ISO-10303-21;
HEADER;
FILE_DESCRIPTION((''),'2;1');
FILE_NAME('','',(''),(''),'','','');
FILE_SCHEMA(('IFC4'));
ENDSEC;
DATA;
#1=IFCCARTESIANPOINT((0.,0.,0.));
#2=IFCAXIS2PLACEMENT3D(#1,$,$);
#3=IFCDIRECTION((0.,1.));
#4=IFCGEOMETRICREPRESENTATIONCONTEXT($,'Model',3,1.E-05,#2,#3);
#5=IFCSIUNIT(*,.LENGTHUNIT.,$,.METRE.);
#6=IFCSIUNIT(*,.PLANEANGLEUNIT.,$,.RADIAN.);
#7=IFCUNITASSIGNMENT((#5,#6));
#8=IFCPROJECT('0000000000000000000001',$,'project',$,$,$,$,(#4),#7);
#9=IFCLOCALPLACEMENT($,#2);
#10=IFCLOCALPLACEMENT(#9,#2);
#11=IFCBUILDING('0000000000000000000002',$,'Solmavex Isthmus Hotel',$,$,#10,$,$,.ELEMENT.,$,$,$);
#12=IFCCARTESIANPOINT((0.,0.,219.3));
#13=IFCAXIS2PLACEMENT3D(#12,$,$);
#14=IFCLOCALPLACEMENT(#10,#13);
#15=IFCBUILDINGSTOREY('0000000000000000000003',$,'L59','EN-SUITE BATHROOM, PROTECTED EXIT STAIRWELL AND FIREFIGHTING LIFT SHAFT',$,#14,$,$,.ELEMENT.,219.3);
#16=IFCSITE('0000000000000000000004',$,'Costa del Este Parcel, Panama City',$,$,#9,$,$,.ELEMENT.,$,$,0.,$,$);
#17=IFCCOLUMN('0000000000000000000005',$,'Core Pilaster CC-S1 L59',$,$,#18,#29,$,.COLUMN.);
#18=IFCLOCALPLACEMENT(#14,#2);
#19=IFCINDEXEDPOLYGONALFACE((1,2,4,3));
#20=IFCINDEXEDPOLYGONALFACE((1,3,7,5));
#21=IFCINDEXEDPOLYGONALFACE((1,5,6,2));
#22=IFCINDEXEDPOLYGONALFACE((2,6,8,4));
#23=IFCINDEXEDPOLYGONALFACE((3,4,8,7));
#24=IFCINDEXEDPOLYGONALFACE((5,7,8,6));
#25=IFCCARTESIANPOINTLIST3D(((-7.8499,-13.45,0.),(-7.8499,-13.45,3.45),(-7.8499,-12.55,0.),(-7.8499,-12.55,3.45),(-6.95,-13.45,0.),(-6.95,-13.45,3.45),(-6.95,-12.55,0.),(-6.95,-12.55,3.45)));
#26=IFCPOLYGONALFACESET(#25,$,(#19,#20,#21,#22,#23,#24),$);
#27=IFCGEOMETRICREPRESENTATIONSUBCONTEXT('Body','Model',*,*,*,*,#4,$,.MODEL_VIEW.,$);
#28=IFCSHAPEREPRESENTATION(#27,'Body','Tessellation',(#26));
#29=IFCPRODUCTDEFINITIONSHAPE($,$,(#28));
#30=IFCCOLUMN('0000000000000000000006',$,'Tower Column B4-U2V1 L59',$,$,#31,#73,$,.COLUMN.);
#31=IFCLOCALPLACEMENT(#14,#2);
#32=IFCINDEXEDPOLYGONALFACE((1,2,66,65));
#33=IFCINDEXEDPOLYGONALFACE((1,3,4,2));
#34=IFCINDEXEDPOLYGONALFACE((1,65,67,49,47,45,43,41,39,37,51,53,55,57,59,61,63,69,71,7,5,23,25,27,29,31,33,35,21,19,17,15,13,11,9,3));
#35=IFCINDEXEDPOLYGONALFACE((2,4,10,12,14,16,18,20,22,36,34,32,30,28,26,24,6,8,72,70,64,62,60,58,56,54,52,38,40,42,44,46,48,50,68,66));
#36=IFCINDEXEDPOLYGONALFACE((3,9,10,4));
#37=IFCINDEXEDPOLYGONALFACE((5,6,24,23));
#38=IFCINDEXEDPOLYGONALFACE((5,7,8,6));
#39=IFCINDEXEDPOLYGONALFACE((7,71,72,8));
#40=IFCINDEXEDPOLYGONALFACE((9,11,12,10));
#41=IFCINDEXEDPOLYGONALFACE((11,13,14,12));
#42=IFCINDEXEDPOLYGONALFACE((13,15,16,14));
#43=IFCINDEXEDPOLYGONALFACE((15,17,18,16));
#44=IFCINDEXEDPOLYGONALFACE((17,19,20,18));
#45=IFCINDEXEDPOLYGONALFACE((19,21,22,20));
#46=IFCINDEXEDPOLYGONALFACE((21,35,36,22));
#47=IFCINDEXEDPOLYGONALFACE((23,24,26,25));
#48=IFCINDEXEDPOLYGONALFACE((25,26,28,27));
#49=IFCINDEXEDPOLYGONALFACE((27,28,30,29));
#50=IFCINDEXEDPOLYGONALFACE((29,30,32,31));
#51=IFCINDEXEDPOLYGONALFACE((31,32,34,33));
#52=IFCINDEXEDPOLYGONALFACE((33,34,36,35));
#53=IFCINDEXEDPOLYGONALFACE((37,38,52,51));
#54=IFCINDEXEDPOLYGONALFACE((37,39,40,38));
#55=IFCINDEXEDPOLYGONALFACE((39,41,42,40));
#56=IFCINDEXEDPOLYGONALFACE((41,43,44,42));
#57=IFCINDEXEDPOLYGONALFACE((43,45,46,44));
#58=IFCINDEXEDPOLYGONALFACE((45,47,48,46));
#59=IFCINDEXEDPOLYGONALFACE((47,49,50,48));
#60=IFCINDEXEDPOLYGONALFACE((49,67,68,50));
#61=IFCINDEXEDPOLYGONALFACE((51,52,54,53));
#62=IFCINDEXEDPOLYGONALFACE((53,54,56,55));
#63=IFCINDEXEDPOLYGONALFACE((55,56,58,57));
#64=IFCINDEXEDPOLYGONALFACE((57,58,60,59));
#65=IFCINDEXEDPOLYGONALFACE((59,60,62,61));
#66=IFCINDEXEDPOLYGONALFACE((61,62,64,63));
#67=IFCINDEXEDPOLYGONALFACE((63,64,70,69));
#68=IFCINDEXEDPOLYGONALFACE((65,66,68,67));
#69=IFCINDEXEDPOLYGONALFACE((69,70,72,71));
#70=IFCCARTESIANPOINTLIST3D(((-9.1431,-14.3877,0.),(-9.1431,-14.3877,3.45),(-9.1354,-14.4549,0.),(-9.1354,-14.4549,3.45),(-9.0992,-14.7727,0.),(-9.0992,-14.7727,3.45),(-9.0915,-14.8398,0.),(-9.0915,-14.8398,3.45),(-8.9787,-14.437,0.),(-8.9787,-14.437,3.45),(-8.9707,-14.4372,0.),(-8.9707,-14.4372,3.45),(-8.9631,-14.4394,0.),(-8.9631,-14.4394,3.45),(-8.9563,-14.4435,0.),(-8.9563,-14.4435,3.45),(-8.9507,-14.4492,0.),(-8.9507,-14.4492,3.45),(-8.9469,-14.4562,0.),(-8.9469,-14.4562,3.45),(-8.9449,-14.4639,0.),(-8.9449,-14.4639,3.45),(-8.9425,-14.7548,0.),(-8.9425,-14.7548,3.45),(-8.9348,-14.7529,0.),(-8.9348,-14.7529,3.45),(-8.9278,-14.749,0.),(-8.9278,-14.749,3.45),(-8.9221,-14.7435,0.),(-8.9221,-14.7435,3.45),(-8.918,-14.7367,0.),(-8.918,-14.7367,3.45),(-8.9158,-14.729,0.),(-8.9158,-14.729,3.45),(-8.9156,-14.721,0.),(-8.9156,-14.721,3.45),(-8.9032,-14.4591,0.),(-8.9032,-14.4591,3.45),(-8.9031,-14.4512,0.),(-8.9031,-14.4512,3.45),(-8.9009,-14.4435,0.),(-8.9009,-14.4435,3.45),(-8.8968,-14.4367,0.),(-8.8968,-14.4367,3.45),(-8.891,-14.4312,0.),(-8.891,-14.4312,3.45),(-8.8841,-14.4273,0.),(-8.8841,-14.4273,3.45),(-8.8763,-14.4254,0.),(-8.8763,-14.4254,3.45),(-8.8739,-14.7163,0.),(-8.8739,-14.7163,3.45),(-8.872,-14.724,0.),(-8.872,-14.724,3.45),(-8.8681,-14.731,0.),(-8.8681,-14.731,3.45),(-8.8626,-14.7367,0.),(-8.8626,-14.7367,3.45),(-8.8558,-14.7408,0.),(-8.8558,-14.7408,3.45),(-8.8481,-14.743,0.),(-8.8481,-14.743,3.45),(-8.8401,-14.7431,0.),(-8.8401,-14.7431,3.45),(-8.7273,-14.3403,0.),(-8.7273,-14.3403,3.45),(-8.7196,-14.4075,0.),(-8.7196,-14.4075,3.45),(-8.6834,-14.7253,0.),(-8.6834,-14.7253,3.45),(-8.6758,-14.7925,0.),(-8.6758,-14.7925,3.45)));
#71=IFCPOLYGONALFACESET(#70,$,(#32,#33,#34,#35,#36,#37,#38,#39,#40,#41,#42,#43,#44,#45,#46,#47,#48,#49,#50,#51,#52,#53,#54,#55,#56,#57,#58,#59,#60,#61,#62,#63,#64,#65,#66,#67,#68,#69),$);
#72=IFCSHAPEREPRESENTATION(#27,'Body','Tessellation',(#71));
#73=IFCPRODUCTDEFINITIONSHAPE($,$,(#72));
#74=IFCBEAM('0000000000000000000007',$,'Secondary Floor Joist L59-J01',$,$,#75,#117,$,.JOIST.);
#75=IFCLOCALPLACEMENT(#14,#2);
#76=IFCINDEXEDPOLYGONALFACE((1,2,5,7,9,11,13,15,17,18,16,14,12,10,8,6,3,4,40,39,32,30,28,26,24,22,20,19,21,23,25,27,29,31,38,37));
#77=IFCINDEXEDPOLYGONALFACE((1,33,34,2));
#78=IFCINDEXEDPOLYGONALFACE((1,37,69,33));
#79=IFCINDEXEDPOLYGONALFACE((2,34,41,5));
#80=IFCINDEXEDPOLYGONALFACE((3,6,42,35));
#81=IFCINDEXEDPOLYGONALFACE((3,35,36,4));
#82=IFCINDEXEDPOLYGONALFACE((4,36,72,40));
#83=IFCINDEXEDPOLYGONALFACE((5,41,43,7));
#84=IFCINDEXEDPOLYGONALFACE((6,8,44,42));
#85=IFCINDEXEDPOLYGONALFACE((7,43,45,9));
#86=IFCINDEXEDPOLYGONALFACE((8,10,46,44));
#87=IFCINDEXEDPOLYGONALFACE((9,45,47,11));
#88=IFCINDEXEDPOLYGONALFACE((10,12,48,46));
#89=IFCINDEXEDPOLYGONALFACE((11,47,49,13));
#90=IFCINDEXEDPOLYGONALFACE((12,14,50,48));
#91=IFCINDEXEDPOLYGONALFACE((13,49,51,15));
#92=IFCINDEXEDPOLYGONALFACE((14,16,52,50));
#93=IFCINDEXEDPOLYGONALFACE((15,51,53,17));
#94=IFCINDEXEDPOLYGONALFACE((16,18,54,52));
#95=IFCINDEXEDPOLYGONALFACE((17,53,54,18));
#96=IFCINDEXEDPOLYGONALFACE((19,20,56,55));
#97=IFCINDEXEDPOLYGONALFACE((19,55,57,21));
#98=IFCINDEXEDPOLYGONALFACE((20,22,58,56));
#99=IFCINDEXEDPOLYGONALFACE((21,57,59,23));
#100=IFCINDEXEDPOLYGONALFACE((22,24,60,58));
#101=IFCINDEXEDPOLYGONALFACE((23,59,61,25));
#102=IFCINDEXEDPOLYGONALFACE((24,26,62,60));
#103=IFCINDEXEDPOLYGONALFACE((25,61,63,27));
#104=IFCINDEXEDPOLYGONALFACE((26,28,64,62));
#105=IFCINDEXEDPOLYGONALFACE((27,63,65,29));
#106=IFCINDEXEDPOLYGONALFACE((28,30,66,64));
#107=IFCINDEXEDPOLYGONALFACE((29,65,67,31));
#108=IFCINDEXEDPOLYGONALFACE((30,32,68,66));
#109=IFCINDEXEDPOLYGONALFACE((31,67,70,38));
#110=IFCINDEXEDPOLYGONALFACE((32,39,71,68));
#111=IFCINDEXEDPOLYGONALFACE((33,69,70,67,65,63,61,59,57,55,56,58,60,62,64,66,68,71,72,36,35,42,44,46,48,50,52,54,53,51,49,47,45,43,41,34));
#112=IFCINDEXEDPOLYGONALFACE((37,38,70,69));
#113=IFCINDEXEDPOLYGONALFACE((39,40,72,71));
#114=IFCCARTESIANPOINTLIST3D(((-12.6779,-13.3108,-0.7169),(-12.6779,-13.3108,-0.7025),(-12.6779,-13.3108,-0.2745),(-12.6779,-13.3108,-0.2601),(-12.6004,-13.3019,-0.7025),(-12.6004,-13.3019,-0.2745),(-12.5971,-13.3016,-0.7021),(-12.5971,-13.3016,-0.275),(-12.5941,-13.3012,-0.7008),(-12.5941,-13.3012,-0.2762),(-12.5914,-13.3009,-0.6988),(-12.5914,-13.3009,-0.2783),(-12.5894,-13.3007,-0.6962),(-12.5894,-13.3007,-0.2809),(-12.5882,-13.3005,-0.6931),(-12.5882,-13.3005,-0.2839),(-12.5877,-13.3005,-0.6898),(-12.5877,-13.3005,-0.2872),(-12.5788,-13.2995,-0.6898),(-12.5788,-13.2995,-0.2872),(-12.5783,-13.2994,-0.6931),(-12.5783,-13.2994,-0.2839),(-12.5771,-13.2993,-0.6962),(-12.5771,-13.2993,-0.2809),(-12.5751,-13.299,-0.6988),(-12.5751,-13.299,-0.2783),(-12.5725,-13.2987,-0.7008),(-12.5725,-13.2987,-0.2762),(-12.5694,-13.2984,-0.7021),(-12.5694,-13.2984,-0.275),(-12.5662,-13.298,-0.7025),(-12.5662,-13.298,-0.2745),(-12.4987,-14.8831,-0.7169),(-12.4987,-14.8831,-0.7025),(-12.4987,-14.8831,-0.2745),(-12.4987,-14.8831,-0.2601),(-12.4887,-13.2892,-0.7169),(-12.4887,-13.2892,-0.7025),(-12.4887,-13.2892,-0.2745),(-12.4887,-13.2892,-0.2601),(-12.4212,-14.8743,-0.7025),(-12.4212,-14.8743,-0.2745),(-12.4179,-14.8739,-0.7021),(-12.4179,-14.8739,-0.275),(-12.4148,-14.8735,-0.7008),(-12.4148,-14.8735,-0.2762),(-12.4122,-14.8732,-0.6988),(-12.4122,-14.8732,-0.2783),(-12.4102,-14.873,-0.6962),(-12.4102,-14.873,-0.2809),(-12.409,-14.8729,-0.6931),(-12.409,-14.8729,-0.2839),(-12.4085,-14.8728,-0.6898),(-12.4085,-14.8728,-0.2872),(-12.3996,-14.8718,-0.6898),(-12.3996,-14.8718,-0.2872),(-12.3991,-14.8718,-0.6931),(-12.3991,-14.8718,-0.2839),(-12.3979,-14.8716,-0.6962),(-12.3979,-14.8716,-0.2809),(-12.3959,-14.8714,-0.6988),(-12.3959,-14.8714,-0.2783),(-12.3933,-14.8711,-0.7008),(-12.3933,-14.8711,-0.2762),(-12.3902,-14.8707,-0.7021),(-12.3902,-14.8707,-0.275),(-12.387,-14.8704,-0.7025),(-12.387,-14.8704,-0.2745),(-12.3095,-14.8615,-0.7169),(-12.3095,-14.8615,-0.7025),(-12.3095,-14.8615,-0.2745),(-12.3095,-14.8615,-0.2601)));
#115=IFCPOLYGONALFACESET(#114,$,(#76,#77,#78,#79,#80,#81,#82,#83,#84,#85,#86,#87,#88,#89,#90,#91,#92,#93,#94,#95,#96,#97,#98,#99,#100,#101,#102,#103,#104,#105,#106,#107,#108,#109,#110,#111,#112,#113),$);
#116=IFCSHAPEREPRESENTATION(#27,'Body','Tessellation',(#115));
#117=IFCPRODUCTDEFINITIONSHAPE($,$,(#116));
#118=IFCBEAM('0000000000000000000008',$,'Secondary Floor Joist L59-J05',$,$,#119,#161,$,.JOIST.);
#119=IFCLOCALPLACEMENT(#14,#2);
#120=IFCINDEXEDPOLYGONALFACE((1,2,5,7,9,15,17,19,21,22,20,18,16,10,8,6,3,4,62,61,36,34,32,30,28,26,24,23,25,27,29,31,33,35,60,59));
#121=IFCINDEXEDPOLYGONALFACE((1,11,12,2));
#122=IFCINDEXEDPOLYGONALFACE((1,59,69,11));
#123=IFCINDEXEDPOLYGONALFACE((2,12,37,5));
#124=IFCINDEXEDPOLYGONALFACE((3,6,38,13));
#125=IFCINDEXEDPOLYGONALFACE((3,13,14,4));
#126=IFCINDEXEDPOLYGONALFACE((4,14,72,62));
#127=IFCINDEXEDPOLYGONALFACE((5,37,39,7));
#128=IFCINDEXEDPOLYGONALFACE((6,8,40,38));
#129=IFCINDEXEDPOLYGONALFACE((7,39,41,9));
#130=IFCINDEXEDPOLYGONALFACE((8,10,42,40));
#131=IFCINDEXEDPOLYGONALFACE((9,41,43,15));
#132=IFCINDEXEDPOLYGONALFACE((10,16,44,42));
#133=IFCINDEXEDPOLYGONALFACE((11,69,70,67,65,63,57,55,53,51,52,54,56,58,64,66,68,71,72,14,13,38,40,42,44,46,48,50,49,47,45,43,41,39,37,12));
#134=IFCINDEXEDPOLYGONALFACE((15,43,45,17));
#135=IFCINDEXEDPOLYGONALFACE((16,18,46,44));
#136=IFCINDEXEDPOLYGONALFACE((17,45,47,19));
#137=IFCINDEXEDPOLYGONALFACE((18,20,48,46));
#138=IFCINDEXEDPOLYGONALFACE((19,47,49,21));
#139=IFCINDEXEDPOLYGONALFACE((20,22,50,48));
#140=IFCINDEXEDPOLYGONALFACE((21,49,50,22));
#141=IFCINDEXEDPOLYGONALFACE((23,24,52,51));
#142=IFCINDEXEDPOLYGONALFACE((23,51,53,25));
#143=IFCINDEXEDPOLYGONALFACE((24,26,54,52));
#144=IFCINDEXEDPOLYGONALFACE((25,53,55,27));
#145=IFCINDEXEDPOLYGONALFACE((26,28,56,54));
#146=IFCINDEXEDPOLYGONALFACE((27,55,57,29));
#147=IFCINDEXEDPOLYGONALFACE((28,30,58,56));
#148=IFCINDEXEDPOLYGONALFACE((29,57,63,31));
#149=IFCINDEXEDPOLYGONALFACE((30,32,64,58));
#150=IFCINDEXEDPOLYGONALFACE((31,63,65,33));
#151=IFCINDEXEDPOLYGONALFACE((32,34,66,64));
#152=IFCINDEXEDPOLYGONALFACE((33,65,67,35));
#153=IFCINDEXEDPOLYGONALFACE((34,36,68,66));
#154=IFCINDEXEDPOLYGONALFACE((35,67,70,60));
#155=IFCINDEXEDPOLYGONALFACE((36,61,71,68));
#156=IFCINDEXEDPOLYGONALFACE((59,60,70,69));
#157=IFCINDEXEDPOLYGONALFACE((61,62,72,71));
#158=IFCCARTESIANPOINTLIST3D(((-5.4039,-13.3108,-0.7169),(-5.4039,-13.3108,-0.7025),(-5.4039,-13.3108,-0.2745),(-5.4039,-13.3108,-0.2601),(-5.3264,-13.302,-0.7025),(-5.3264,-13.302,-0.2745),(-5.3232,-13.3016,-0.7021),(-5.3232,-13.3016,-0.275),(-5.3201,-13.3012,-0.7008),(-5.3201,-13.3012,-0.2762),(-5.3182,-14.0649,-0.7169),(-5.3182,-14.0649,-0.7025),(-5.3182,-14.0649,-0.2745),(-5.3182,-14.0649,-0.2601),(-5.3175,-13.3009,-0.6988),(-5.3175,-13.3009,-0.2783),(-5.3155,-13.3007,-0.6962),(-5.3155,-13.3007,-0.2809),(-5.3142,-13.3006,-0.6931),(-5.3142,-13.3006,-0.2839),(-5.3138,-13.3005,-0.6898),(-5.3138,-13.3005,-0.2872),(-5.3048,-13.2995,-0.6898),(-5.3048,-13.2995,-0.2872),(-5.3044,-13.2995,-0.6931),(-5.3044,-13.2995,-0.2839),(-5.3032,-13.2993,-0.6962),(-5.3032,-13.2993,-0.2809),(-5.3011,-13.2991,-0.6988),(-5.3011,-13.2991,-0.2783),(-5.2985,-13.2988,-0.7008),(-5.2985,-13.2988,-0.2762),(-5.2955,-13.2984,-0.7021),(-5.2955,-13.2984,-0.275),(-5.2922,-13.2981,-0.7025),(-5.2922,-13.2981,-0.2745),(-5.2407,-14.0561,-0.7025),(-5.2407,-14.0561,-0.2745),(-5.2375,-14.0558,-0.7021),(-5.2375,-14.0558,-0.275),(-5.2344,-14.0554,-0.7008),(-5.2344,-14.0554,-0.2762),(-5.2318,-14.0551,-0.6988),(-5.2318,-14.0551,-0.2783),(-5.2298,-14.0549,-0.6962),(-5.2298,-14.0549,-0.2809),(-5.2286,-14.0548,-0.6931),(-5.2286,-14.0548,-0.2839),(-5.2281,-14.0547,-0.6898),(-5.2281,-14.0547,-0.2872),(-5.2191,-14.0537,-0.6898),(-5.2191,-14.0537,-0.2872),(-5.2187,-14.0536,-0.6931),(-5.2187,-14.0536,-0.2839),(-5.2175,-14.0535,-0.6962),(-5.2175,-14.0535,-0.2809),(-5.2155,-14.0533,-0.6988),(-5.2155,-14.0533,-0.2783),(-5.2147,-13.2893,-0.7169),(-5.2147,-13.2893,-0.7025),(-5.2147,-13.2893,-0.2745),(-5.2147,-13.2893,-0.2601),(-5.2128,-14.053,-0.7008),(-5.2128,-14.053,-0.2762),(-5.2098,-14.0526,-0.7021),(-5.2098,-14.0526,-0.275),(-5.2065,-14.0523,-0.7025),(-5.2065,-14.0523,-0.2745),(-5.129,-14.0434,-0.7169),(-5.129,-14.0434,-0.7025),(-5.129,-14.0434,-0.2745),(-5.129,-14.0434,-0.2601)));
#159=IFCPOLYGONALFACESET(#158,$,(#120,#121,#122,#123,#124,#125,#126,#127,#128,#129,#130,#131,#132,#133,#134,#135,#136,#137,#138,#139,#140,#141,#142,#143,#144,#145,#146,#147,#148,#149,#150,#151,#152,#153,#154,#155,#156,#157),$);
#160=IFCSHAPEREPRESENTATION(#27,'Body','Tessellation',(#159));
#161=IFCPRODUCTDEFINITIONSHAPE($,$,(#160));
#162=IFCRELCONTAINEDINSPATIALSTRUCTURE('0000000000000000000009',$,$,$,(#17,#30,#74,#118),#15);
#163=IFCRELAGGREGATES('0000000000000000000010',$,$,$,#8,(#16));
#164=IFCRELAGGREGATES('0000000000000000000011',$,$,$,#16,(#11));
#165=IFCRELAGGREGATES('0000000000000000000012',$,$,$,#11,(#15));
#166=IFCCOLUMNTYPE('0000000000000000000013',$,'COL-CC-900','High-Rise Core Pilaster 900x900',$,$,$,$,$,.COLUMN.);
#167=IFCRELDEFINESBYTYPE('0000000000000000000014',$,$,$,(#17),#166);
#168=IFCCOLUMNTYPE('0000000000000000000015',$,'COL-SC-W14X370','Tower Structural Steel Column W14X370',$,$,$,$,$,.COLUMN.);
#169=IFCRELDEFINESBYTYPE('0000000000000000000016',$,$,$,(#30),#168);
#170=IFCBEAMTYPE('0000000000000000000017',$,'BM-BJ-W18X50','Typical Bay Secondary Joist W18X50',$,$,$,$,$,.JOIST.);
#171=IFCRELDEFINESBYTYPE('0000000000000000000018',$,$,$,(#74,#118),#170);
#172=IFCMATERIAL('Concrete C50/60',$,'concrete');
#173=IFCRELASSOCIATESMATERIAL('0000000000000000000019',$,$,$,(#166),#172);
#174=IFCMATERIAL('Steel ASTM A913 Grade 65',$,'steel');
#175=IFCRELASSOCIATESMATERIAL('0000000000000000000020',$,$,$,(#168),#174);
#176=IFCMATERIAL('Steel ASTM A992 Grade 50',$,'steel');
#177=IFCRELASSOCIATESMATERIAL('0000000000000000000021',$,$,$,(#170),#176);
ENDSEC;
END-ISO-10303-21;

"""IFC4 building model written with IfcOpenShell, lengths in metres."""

from ifc_helpers import new_model, si_unit, direction, frame, origin, origin_2d, place, context, subcontext, project, spatial, rectangle, i_section, extrude, material, material_profile, profile_set, type_object, element, save


model = new_model("IFC4")

# Units and contexts
model_context = context("Model", 3, precision=1e-05, world=origin(), true_north=direction((0.0, 1.0)))
body_context = subcontext(model_context, "Body", "Model", "MODEL_VIEW")
ifc_project = project(units=[si_unit("LENGTHUNIT", "METRE"), si_unit("PLANEANGLEUNIT", "RADIAN")], contexts=[model_context])

# Site, building, storey
site_placement = place(None, origin())
site = spatial("IfcSite", under=ifc_project, at=site_placement, Name="Costa del Este Parcel, Panama City", CompositionType="ELEMENT", RefElevation=0.0)
building_placement = place(site_placement, origin())
building = spatial("IfcBuilding", under=site, at=building_placement, Name="Solmavex Isthmus Hotel", CompositionType="ELEMENT")
storey_placement = place(building_placement, frame((0.0, 0.0, 219.3)))
storey = spatial("IfcBuildingStorey", under=building, at=storey_placement, Name="L59", Description="EN-SUITE BATHROOM, PROTECTED EXIT STAIRWELL AND FIREFIGHTING LIFT SHAFT", CompositionType="ELEMENT", Elevation=219.3)

# Columns
ifc_material_1 = material(Name="Concrete C50/60", Category="concrete")
ifc_material_profile_1 = material_profile(ifc_material_1, rectangle(XDim=0.8999, YDim=0.8999, at=origin_2d()), Name="RC900X900")
ifc_profile_set_1 = profile_set([ifc_material_profile_1], Name="Concrete C50/60")
column_type_1 = type_object("IfcColumnType", Name="COL-CC-900", Description="High-Rise Core Pilaster 900x900", PredefinedType="COLUMN", material=ifc_profile_set_1)
column_1_placement = place(storey_placement, frame((-7.3999, -13.0, 0.0), z_axis=(0.0, 0.0, 1.0), x_axis=(1.0, 0.0, 0.0)))
element("IfcColumn", 1, at=column_1_placement, inside=storey, type_object=column_type_1, Name="Core Pilaster CC-S1 L59", PredefinedType="COLUMN", context=body_context, shape_type="SweptSolid", body=[
    extrude(rectangle(XDim=0.8999, YDim=0.8999, at=origin_2d()), origin(), (0.0, 0.0, 1.0), 3.45),
])
ifc_material_2 = material(Name="Steel ASTM A913 Grade 65", Category="steel")
ifc_material_profile_2 = material_profile(ifc_material_2, i_section(OverallWidth=0.4185, OverallDepth=0.4551, WebThickness=0.042, FlangeThickness=0.0676, FilletRadius=0.0305, at=origin_2d()), Name="W14X370")
ifc_profile_set_2 = profile_set([ifc_material_profile_2], Name="Steel ASTM A913 Grade 65")
column_type_2 = type_object("IfcColumnType", Name="COL-SC-W14X370", Description="Tower Structural Steel Column W14X370", PredefinedType="COLUMN", material=ifc_profile_set_2)
column_2_placement = place(storey_placement, frame((-8.9094, -14.5901, 0.0), z_axis=(0.0, 0.0, 1.0), x_axis=(0.993572, 0.113203, 0.0)))
element("IfcColumn", 2, at=column_2_placement, inside=storey, type_object=column_type_2, Name="Tower Column B4-U2V1 L59", PredefinedType="COLUMN", context=body_context, shape_type="SweptSolid", body=[
    extrude(i_section(OverallWidth=0.4185, OverallDepth=0.4551, WebThickness=0.042, FlangeThickness=0.0676, FilletRadius=0.0305, at=origin_2d()), origin(), (0.0, 0.0, 1.0), 3.45),
])

# Beams
ifc_material_3 = material(Name="Steel ASTM A992 Grade 50", Category="steel")
ifc_material_profile_3 = material_profile(ifc_material_3, i_section(OverallWidth=0.1904, OverallDepth=0.4568, WebThickness=0.009, FlangeThickness=0.0144, FilletRadius=0.0127, at=origin_2d()), Name="W18X50")
ifc_profile_set_3 = profile_set([ifc_material_profile_3], Name="Steel ASTM A992 Grade 50")
beam_type_1 = type_object("IfcBeamType", Name="BM-BJ-W18X50", Description="Typical Bay Secondary Joist W18X50", PredefinedType="JOIST", material=ifc_profile_set_3)
beam_1_placement = place(storey_placement, frame((-12.4041, -14.8723, -0.4885), z_axis=(-0.113242, 0.993567, 0.0), x_axis=(-0.993567, -0.113242, 0.0)))
element("IfcBeam", 3, at=beam_1_placement, inside=storey, type_object=beam_type_1, Name="Secondary Floor Joist L59-J01", PredefinedType="JOIST", context=body_context, shape_type="SweptSolid", body=[
    extrude(i_section(OverallWidth=0.1904, OverallDepth=0.4568, WebThickness=0.009, FlangeThickness=0.0144, FilletRadius=0.0127, at=origin_2d()), origin(), (0.0, 0.0, 1.0), 1.5825),
])
beam_2_placement = place(storey_placement, frame((-5.2236, -14.0542, -0.4885), z_axis=(-0.112902, 0.993606, 0.0), x_axis=(-0.993606, -0.112902, 0.0)))
element("IfcBeam", 4, at=beam_2_placement, inside=storey, type_object=beam_type_1, Name="Secondary Floor Joist L59-J05", PredefinedType="JOIST", context=body_context, shape_type="SweptSolid", body=[
    extrude(i_section(OverallWidth=0.1904, OverallDepth=0.4568, WebThickness=0.009, FlangeThickness=0.0144, FilletRadius=0.0127, at=origin_2d()), origin(), (0.0, 0.0, 1.0), 0.759),
])

save(model, "model.ifc")
